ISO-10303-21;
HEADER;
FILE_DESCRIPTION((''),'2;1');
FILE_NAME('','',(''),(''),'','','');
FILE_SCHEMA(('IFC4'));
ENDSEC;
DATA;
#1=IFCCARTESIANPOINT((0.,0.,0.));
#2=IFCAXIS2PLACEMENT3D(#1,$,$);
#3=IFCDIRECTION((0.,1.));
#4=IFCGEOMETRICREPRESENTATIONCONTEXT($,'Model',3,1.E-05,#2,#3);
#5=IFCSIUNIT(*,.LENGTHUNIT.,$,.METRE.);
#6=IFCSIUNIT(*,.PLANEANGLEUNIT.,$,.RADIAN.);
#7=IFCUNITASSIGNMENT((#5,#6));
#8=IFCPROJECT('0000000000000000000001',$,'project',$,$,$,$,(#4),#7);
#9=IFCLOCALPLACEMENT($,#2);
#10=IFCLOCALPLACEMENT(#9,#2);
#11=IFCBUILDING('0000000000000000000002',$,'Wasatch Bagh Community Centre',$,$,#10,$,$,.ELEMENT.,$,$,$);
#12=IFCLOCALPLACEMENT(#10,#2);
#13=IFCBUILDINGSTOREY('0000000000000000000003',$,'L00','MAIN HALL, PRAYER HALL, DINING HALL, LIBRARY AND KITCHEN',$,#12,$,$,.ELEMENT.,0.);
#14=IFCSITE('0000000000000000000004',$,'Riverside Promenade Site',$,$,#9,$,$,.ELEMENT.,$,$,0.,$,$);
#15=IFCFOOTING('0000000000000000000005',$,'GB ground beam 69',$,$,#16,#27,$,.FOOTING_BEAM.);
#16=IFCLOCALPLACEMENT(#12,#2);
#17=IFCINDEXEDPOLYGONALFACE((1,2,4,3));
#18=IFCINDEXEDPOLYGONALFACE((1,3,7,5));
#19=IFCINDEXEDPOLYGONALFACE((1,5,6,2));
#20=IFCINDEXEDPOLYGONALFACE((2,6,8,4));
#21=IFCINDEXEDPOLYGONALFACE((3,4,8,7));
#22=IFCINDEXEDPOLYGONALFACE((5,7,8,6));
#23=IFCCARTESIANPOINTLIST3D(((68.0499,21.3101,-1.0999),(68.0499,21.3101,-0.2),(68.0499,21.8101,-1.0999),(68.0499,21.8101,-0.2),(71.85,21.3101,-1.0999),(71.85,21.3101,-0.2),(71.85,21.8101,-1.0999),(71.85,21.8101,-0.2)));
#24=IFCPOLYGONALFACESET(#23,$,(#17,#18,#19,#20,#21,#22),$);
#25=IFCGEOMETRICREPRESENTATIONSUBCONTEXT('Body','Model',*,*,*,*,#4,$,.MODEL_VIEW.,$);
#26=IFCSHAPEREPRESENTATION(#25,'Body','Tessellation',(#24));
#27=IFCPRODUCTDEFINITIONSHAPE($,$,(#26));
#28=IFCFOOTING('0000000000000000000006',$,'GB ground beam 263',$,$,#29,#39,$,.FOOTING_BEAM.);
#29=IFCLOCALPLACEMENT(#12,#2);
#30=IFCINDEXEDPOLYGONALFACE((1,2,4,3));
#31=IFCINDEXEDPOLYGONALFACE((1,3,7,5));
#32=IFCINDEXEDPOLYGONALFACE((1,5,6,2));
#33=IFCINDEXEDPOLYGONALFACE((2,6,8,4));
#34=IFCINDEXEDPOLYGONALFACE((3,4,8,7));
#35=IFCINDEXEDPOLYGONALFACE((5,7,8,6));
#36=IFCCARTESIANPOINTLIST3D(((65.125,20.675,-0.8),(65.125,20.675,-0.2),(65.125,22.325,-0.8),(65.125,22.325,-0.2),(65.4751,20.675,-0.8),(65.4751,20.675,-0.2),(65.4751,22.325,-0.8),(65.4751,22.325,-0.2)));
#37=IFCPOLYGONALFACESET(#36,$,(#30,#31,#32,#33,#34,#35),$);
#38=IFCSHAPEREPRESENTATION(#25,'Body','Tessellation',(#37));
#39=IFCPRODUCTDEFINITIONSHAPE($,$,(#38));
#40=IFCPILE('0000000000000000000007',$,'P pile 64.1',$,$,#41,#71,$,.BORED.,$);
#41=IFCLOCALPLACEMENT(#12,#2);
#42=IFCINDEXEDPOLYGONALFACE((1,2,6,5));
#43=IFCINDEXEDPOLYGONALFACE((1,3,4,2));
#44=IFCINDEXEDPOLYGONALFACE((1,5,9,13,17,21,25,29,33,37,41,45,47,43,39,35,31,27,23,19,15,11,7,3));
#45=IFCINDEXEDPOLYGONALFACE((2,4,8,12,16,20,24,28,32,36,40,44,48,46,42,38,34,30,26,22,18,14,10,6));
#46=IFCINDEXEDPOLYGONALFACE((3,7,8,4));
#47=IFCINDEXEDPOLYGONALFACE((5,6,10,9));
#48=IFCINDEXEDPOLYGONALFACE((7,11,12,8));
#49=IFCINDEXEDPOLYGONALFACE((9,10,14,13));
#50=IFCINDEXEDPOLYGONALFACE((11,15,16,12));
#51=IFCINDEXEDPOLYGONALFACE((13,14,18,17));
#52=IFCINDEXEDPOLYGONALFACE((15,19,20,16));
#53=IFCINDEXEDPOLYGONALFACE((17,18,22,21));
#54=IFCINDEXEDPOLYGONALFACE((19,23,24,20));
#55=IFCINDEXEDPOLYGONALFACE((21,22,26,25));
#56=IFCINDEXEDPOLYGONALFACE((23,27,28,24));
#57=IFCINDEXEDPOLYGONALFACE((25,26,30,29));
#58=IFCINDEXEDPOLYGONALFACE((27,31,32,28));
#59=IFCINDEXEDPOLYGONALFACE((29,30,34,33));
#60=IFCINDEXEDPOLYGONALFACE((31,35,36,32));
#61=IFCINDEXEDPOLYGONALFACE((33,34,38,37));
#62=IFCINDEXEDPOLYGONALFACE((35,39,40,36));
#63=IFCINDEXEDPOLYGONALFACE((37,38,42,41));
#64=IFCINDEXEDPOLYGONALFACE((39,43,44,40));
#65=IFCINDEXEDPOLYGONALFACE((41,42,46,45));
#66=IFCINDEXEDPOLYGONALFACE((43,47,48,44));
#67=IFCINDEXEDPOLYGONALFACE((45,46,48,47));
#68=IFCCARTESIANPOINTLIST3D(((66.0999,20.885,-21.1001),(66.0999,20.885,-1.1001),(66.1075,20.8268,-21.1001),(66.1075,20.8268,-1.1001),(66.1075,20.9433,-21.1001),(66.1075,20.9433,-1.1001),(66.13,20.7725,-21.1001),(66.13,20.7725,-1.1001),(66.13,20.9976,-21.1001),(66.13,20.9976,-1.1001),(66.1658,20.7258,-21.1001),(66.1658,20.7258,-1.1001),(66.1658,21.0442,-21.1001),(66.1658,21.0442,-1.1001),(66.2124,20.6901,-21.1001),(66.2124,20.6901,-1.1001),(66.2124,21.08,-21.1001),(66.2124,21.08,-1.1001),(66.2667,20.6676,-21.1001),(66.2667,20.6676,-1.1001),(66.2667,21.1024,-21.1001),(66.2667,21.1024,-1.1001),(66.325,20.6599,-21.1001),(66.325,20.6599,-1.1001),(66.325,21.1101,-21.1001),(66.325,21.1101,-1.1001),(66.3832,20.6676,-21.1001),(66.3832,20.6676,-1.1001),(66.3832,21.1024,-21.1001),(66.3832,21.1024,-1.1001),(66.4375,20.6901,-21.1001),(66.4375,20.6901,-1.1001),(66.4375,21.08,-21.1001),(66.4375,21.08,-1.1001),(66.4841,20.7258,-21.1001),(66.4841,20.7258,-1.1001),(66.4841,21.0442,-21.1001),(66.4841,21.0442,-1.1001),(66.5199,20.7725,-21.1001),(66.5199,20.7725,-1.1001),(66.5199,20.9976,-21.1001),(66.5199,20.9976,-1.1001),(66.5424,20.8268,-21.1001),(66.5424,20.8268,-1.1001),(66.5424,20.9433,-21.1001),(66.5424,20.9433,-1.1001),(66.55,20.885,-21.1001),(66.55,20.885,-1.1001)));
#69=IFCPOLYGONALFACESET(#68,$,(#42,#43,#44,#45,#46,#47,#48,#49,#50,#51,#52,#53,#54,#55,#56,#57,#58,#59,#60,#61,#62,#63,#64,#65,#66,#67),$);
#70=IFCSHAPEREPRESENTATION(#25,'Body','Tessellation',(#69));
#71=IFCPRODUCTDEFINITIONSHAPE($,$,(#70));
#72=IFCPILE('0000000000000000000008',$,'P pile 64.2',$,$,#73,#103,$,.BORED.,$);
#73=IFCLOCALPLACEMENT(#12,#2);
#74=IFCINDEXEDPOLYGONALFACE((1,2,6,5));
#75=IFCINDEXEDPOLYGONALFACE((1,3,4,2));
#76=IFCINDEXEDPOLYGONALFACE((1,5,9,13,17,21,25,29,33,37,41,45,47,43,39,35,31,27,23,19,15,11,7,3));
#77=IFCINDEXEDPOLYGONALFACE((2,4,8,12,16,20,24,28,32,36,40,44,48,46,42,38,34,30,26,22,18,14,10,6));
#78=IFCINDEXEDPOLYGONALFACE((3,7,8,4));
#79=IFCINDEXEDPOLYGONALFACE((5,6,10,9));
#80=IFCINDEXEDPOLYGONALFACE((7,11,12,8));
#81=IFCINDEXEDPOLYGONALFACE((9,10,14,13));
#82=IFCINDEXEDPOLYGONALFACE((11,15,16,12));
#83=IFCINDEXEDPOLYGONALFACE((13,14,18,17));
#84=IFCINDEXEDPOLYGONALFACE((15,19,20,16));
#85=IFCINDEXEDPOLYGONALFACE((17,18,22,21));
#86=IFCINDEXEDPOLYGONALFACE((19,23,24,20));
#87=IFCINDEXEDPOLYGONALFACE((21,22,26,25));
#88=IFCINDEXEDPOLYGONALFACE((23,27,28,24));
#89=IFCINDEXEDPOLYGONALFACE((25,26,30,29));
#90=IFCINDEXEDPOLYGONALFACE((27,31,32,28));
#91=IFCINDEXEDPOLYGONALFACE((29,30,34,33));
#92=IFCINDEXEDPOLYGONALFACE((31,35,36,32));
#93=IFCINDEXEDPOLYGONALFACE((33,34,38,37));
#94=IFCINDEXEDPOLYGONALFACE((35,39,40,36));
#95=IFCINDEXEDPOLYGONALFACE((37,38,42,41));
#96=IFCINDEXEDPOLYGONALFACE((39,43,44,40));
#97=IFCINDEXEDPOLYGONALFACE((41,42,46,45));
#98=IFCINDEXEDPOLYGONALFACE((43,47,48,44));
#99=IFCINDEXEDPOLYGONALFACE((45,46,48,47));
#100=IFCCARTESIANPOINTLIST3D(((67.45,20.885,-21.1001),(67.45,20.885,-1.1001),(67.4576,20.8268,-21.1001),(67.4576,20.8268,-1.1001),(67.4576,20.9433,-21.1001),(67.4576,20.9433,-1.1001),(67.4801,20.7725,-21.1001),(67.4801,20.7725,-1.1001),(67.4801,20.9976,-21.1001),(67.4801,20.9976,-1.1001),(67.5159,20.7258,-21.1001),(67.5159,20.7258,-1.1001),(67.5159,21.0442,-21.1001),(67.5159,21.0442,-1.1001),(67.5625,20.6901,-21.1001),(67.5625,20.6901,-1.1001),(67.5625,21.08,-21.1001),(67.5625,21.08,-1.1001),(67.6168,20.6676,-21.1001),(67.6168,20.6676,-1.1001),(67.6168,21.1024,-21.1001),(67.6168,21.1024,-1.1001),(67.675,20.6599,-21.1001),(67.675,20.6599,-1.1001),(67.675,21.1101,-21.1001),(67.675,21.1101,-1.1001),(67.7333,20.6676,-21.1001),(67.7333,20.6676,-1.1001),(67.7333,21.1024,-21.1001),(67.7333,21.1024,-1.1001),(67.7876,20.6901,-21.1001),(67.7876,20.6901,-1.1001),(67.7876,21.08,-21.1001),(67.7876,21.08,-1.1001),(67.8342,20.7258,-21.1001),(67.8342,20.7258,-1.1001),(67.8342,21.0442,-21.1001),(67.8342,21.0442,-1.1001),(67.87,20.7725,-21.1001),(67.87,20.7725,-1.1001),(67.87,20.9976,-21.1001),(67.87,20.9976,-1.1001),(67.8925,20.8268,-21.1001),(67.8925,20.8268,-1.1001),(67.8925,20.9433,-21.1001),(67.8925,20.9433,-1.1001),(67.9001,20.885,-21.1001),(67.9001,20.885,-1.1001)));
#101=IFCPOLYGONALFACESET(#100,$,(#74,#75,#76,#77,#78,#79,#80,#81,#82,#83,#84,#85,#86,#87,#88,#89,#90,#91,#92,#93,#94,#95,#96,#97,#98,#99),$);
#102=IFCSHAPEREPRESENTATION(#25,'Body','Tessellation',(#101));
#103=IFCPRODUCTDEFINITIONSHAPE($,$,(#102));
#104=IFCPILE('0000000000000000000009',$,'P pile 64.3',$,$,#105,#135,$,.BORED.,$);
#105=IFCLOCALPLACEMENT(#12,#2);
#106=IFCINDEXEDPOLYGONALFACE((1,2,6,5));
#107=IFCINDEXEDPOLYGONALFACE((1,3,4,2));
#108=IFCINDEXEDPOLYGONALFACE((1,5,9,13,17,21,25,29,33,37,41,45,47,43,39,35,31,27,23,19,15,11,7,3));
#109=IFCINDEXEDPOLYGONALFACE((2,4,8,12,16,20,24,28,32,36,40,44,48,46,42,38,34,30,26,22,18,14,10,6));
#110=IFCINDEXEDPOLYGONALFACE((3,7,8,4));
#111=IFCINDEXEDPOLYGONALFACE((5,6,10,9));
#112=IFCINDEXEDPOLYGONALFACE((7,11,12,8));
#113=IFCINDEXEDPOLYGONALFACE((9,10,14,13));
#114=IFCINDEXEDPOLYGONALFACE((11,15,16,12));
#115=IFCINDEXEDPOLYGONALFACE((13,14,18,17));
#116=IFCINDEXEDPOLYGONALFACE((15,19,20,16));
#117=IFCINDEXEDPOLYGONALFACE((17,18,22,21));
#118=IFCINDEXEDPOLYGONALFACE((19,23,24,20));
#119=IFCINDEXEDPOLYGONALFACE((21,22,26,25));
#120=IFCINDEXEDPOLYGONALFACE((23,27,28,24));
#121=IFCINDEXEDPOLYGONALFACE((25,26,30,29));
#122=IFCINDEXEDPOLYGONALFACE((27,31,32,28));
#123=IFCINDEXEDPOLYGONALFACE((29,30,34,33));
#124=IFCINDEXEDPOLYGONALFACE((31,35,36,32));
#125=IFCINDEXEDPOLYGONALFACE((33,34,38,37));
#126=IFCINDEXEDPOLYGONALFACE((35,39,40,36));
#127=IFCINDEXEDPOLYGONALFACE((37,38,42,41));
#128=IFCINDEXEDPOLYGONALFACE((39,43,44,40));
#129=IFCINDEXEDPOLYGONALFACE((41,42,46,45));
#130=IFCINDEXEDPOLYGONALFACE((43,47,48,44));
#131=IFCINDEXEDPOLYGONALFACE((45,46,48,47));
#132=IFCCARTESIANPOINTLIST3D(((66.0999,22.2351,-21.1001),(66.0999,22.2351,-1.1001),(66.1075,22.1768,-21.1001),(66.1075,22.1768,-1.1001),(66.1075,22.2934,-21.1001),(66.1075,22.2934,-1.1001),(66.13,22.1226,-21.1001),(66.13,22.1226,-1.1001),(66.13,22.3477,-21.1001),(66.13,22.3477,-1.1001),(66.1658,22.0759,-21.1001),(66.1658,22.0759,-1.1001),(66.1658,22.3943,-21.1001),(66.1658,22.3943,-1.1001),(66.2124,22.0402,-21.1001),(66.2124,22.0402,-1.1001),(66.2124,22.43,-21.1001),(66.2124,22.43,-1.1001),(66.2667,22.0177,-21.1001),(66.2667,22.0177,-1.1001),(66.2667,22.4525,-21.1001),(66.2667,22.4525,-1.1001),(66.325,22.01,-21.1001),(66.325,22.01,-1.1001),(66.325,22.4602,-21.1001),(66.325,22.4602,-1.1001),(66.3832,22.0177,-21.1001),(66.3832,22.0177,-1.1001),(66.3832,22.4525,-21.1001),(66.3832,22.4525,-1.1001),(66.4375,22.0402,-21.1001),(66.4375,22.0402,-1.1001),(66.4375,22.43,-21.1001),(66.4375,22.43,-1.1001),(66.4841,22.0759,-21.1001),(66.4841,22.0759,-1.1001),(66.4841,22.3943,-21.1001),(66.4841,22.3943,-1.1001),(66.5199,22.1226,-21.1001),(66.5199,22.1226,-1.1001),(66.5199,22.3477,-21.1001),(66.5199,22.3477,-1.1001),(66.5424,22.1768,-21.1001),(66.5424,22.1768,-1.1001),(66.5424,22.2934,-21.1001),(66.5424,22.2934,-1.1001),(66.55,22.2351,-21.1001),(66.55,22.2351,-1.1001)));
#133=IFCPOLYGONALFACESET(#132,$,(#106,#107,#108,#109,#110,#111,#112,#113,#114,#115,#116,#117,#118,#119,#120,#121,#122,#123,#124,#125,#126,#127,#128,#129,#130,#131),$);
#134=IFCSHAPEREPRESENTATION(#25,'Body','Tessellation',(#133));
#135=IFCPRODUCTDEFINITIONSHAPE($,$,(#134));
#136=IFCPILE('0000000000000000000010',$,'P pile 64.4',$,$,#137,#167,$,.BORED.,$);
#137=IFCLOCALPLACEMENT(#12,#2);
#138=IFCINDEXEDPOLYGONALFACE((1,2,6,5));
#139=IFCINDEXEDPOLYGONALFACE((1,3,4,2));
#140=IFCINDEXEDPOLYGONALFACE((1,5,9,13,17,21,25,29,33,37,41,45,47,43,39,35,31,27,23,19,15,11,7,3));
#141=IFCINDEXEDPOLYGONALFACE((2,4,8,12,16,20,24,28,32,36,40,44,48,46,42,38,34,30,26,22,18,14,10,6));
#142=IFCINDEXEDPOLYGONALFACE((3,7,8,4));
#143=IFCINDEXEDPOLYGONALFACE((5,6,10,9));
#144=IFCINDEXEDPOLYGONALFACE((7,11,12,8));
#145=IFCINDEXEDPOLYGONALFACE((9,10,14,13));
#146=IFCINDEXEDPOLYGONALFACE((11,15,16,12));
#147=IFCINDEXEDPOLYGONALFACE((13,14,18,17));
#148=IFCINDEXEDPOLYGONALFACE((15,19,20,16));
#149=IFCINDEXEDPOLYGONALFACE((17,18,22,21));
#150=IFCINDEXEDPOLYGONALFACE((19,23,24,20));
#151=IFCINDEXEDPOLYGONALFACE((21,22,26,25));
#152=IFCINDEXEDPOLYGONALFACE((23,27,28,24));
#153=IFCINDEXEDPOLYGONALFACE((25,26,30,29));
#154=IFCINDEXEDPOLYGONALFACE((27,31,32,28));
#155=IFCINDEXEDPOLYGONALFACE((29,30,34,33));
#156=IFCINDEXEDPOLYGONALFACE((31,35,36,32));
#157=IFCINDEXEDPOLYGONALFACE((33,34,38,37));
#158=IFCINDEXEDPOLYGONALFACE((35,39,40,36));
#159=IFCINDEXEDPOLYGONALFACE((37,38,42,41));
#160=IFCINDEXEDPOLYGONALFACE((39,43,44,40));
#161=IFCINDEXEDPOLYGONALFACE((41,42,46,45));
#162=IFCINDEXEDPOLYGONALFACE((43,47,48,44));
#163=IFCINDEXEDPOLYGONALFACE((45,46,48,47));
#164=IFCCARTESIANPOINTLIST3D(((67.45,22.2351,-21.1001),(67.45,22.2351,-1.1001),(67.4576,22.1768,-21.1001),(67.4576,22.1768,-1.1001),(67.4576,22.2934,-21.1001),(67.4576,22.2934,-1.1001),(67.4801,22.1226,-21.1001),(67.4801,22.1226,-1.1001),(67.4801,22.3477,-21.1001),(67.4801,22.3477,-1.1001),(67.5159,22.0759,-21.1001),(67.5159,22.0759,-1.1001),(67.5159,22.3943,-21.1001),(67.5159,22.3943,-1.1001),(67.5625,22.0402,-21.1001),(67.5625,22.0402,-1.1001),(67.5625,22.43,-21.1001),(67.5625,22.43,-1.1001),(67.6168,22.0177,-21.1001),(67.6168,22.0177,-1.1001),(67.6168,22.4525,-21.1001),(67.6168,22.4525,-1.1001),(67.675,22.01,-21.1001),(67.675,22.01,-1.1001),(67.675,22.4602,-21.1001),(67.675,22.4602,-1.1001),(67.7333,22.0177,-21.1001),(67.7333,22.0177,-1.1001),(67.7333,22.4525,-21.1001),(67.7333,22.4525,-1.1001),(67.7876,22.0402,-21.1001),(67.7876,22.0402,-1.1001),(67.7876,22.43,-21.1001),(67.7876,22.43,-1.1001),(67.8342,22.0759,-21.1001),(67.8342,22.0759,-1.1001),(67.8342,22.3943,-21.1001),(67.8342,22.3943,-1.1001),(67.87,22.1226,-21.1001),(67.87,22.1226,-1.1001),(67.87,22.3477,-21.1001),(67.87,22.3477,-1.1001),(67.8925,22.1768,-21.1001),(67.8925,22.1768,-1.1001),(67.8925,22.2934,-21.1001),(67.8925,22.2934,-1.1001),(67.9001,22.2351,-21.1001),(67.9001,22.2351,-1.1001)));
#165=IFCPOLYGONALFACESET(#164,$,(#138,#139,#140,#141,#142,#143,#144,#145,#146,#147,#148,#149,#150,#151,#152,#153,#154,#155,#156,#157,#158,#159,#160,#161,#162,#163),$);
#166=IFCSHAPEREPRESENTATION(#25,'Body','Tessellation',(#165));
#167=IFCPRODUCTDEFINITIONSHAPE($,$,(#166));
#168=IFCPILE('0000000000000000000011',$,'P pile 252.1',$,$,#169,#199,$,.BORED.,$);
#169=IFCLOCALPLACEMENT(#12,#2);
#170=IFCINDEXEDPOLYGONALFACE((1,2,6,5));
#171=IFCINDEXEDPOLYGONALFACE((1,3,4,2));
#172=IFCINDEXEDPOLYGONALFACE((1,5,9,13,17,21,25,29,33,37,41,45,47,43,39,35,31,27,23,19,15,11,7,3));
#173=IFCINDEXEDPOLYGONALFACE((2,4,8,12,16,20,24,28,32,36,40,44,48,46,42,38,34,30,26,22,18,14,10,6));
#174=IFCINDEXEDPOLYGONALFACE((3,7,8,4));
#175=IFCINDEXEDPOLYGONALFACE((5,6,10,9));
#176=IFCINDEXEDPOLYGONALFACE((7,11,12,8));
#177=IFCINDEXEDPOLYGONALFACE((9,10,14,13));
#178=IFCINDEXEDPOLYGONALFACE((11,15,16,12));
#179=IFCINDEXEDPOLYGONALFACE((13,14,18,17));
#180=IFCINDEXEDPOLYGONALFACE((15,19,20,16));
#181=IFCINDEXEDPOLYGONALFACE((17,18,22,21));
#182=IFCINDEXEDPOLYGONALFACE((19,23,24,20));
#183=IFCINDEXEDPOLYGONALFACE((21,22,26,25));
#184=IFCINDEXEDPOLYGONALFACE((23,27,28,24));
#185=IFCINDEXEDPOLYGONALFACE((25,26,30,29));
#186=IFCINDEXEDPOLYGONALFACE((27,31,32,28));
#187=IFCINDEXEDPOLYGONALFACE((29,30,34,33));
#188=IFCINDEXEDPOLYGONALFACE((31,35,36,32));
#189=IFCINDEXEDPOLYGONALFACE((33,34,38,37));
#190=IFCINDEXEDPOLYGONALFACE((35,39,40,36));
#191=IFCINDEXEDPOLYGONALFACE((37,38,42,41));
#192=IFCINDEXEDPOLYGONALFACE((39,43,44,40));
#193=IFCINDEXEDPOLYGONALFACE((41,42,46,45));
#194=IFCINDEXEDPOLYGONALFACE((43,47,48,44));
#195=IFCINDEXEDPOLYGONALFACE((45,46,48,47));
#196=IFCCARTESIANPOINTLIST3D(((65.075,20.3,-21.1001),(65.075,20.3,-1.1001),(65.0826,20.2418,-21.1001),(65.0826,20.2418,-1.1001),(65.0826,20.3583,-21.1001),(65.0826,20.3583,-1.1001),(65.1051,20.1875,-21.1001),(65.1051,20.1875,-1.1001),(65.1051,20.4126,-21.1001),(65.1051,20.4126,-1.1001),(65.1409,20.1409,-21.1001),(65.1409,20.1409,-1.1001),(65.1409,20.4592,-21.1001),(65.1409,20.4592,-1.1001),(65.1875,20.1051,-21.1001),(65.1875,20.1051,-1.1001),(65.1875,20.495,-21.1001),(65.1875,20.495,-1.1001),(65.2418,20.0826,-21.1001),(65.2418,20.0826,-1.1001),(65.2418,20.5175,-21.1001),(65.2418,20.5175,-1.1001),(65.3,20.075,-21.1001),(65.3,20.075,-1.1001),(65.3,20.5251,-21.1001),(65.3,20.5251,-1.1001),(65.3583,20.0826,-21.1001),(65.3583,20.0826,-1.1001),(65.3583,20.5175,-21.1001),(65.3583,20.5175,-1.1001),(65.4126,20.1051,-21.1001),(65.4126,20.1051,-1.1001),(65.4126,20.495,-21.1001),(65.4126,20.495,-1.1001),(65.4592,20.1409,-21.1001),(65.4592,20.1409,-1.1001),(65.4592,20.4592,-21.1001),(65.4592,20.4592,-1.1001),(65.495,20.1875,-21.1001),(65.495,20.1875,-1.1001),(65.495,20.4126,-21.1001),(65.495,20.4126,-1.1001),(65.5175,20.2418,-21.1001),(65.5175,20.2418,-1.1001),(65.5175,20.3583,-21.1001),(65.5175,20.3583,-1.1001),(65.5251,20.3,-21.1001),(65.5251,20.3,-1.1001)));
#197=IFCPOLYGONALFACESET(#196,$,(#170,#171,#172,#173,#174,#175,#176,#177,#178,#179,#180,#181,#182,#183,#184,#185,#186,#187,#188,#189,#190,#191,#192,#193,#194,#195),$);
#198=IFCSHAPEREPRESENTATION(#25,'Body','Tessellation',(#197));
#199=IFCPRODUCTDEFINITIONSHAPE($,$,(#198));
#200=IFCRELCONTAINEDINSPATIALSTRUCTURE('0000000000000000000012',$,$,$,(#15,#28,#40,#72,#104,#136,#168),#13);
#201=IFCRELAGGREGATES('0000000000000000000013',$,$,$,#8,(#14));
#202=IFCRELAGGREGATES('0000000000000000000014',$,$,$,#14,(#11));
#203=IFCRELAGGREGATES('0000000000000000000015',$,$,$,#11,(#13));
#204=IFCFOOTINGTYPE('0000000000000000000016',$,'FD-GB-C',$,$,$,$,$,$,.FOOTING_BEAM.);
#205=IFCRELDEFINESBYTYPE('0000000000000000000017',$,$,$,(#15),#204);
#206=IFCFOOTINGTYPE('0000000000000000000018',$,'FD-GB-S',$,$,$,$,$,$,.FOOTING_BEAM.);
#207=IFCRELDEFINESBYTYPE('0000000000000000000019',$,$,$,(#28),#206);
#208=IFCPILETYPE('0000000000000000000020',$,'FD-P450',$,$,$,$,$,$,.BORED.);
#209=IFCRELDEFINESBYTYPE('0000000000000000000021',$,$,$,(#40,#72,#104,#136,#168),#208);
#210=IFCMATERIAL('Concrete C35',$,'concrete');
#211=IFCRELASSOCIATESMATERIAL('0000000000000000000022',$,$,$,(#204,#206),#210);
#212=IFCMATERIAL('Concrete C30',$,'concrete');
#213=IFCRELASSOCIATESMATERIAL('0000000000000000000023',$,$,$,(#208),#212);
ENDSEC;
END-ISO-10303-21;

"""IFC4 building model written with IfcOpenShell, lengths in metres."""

from ifc_helpers import new_model, si_unit, direction, frame, origin, origin_2d, place, context, subcontext, project, spatial, rectangle, circle, extrude, material, material_profile, profile_set, type_object, element, save


model = new_model("IFC4")

# Units and contexts
model_context = context("Model", 3, precision=1e-05, world=origin(), true_north=direction((0.0, 1.0)))
body_context = subcontext(model_context, "Body", "Model", "MODEL_VIEW")
ifc_project = project(units=[si_unit("LENGTHUNIT", "METRE"), si_unit("PLANEANGLEUNIT", "RADIAN")], contexts=[model_context])

# Site, building, storey
site_placement = place(None, origin())
site = spatial("IfcSite", under=ifc_project, at=site_placement, Name="Riverside Promenade Site", CompositionType="ELEMENT", RefElevation=0.0)
building_placement = place(site_placement, origin())
building = spatial("IfcBuilding", under=site, at=building_placement, Name="Wasatch Bagh Community Centre", CompositionType="ELEMENT")
storey_placement = place(building_placement, origin())
storey = spatial("IfcBuildingStorey", under=building, at=storey_placement, Name="L00", Description="MAIN HALL, PRAYER HALL, DINING HALL, LIBRARY AND KITCHEN", CompositionType="ELEMENT", Elevation=0.0)

# Footings
ifc_material_1 = material(Name="Concrete C35", Category="concrete")
footing_type_1 = type_object("IfcFootingType", Name="FD-GB-C", PredefinedType="FOOTING_BEAM", material=ifc_material_1)
footing_1_placement = place(storey_placement, frame((69.95, 21.5601, -1.0999), z_axis=(0.0, 0.0, 1.0), x_axis=(-1.0, 0.0, 0.0)))
element("IfcFooting", 1, at=footing_1_placement, inside=storey, type_object=footing_type_1, Name="GB ground beam 69", PredefinedType="FOOTING_BEAM", context=body_context, shape_type="SweptSolid", body=[
    extrude(rectangle(XDim=3.8, YDim=0.5, at=origin_2d()), origin(), (0.0, 0.0, 1.0), 0.8999),
])
footing_type_2 = type_object("IfcFootingType", Name="FD-GB-S", PredefinedType="FOOTING_BEAM", material=ifc_material_1)
footing_2_placement = place(storey_placement, frame((65.3, 21.5, -0.8), z_axis=(0.0, 0.0, 1.0), x_axis=(0.0, 1.0, 0.0)))
element("IfcFooting", 2, at=footing_2_placement, inside=storey, type_object=footing_type_2, Name="GB ground beam 263", PredefinedType="FOOTING_BEAM", context=body_context, shape_type="SweptSolid", body=[
    extrude(rectangle(XDim=1.6499, YDim=0.3501, at=origin_2d()), origin(), (0.0, 0.0, 1.0), 0.6001),
])

# Piles
ifc_material_2 = material(Name="Concrete C30", Category="concrete")
ifc_material_profile_1 = material_profile(ifc_material_2, circle(Radius=0.2251, at=origin_2d()), Name="RC D450")
ifc_profile_set_1 = profile_set([ifc_material_profile_1], Name="Concrete C30")
pile_type = type_object("IfcPileType", Name="FD-P450", PredefinedType="BORED", material=ifc_profile_set_1)
for number, where, z_axis, x_axis, name in (
    (3, (66.325, 20.885, -1.1001), (0.0, 0.0, -1.0), (1.0, 0.0, 0.0), "P pile 64.1"),
    (4, (67.675, 20.885, -1.1001), (0.0, 0.0, -1.0), (1.0, 0.0, 0.0), "P pile 64.2"),
    (5, (66.325, 22.2351, -1.1001), (0.0, 0.0, -1.0), (1.0, 0.0, 0.0), "P pile 64.3"),
    (6, (67.675, 22.2351, -1.1001), (0.0, 0.0, -1.0), (1.0, 0.0, 0.0), "P pile 64.4"),
    (7, (65.3, 20.3, -1.1001), (0.0, 0.0, -1.0), (1.0, 0.0, 0.0), "P pile 252.1"),
):
    element("IfcPile", number, at=place(storey_placement, frame(where, z_axis=z_axis, x_axis=x_axis)), inside=storey, type_object=pile_type, Name=name, PredefinedType="BORED", context=body_context, shape_type="SweptSolid", body=[
        extrude(circle(Radius=0.2251, at=origin_2d()), origin(), (0.0, 0.0, 1.0), 20.0),
    ])

save(model, "model.ifc")
